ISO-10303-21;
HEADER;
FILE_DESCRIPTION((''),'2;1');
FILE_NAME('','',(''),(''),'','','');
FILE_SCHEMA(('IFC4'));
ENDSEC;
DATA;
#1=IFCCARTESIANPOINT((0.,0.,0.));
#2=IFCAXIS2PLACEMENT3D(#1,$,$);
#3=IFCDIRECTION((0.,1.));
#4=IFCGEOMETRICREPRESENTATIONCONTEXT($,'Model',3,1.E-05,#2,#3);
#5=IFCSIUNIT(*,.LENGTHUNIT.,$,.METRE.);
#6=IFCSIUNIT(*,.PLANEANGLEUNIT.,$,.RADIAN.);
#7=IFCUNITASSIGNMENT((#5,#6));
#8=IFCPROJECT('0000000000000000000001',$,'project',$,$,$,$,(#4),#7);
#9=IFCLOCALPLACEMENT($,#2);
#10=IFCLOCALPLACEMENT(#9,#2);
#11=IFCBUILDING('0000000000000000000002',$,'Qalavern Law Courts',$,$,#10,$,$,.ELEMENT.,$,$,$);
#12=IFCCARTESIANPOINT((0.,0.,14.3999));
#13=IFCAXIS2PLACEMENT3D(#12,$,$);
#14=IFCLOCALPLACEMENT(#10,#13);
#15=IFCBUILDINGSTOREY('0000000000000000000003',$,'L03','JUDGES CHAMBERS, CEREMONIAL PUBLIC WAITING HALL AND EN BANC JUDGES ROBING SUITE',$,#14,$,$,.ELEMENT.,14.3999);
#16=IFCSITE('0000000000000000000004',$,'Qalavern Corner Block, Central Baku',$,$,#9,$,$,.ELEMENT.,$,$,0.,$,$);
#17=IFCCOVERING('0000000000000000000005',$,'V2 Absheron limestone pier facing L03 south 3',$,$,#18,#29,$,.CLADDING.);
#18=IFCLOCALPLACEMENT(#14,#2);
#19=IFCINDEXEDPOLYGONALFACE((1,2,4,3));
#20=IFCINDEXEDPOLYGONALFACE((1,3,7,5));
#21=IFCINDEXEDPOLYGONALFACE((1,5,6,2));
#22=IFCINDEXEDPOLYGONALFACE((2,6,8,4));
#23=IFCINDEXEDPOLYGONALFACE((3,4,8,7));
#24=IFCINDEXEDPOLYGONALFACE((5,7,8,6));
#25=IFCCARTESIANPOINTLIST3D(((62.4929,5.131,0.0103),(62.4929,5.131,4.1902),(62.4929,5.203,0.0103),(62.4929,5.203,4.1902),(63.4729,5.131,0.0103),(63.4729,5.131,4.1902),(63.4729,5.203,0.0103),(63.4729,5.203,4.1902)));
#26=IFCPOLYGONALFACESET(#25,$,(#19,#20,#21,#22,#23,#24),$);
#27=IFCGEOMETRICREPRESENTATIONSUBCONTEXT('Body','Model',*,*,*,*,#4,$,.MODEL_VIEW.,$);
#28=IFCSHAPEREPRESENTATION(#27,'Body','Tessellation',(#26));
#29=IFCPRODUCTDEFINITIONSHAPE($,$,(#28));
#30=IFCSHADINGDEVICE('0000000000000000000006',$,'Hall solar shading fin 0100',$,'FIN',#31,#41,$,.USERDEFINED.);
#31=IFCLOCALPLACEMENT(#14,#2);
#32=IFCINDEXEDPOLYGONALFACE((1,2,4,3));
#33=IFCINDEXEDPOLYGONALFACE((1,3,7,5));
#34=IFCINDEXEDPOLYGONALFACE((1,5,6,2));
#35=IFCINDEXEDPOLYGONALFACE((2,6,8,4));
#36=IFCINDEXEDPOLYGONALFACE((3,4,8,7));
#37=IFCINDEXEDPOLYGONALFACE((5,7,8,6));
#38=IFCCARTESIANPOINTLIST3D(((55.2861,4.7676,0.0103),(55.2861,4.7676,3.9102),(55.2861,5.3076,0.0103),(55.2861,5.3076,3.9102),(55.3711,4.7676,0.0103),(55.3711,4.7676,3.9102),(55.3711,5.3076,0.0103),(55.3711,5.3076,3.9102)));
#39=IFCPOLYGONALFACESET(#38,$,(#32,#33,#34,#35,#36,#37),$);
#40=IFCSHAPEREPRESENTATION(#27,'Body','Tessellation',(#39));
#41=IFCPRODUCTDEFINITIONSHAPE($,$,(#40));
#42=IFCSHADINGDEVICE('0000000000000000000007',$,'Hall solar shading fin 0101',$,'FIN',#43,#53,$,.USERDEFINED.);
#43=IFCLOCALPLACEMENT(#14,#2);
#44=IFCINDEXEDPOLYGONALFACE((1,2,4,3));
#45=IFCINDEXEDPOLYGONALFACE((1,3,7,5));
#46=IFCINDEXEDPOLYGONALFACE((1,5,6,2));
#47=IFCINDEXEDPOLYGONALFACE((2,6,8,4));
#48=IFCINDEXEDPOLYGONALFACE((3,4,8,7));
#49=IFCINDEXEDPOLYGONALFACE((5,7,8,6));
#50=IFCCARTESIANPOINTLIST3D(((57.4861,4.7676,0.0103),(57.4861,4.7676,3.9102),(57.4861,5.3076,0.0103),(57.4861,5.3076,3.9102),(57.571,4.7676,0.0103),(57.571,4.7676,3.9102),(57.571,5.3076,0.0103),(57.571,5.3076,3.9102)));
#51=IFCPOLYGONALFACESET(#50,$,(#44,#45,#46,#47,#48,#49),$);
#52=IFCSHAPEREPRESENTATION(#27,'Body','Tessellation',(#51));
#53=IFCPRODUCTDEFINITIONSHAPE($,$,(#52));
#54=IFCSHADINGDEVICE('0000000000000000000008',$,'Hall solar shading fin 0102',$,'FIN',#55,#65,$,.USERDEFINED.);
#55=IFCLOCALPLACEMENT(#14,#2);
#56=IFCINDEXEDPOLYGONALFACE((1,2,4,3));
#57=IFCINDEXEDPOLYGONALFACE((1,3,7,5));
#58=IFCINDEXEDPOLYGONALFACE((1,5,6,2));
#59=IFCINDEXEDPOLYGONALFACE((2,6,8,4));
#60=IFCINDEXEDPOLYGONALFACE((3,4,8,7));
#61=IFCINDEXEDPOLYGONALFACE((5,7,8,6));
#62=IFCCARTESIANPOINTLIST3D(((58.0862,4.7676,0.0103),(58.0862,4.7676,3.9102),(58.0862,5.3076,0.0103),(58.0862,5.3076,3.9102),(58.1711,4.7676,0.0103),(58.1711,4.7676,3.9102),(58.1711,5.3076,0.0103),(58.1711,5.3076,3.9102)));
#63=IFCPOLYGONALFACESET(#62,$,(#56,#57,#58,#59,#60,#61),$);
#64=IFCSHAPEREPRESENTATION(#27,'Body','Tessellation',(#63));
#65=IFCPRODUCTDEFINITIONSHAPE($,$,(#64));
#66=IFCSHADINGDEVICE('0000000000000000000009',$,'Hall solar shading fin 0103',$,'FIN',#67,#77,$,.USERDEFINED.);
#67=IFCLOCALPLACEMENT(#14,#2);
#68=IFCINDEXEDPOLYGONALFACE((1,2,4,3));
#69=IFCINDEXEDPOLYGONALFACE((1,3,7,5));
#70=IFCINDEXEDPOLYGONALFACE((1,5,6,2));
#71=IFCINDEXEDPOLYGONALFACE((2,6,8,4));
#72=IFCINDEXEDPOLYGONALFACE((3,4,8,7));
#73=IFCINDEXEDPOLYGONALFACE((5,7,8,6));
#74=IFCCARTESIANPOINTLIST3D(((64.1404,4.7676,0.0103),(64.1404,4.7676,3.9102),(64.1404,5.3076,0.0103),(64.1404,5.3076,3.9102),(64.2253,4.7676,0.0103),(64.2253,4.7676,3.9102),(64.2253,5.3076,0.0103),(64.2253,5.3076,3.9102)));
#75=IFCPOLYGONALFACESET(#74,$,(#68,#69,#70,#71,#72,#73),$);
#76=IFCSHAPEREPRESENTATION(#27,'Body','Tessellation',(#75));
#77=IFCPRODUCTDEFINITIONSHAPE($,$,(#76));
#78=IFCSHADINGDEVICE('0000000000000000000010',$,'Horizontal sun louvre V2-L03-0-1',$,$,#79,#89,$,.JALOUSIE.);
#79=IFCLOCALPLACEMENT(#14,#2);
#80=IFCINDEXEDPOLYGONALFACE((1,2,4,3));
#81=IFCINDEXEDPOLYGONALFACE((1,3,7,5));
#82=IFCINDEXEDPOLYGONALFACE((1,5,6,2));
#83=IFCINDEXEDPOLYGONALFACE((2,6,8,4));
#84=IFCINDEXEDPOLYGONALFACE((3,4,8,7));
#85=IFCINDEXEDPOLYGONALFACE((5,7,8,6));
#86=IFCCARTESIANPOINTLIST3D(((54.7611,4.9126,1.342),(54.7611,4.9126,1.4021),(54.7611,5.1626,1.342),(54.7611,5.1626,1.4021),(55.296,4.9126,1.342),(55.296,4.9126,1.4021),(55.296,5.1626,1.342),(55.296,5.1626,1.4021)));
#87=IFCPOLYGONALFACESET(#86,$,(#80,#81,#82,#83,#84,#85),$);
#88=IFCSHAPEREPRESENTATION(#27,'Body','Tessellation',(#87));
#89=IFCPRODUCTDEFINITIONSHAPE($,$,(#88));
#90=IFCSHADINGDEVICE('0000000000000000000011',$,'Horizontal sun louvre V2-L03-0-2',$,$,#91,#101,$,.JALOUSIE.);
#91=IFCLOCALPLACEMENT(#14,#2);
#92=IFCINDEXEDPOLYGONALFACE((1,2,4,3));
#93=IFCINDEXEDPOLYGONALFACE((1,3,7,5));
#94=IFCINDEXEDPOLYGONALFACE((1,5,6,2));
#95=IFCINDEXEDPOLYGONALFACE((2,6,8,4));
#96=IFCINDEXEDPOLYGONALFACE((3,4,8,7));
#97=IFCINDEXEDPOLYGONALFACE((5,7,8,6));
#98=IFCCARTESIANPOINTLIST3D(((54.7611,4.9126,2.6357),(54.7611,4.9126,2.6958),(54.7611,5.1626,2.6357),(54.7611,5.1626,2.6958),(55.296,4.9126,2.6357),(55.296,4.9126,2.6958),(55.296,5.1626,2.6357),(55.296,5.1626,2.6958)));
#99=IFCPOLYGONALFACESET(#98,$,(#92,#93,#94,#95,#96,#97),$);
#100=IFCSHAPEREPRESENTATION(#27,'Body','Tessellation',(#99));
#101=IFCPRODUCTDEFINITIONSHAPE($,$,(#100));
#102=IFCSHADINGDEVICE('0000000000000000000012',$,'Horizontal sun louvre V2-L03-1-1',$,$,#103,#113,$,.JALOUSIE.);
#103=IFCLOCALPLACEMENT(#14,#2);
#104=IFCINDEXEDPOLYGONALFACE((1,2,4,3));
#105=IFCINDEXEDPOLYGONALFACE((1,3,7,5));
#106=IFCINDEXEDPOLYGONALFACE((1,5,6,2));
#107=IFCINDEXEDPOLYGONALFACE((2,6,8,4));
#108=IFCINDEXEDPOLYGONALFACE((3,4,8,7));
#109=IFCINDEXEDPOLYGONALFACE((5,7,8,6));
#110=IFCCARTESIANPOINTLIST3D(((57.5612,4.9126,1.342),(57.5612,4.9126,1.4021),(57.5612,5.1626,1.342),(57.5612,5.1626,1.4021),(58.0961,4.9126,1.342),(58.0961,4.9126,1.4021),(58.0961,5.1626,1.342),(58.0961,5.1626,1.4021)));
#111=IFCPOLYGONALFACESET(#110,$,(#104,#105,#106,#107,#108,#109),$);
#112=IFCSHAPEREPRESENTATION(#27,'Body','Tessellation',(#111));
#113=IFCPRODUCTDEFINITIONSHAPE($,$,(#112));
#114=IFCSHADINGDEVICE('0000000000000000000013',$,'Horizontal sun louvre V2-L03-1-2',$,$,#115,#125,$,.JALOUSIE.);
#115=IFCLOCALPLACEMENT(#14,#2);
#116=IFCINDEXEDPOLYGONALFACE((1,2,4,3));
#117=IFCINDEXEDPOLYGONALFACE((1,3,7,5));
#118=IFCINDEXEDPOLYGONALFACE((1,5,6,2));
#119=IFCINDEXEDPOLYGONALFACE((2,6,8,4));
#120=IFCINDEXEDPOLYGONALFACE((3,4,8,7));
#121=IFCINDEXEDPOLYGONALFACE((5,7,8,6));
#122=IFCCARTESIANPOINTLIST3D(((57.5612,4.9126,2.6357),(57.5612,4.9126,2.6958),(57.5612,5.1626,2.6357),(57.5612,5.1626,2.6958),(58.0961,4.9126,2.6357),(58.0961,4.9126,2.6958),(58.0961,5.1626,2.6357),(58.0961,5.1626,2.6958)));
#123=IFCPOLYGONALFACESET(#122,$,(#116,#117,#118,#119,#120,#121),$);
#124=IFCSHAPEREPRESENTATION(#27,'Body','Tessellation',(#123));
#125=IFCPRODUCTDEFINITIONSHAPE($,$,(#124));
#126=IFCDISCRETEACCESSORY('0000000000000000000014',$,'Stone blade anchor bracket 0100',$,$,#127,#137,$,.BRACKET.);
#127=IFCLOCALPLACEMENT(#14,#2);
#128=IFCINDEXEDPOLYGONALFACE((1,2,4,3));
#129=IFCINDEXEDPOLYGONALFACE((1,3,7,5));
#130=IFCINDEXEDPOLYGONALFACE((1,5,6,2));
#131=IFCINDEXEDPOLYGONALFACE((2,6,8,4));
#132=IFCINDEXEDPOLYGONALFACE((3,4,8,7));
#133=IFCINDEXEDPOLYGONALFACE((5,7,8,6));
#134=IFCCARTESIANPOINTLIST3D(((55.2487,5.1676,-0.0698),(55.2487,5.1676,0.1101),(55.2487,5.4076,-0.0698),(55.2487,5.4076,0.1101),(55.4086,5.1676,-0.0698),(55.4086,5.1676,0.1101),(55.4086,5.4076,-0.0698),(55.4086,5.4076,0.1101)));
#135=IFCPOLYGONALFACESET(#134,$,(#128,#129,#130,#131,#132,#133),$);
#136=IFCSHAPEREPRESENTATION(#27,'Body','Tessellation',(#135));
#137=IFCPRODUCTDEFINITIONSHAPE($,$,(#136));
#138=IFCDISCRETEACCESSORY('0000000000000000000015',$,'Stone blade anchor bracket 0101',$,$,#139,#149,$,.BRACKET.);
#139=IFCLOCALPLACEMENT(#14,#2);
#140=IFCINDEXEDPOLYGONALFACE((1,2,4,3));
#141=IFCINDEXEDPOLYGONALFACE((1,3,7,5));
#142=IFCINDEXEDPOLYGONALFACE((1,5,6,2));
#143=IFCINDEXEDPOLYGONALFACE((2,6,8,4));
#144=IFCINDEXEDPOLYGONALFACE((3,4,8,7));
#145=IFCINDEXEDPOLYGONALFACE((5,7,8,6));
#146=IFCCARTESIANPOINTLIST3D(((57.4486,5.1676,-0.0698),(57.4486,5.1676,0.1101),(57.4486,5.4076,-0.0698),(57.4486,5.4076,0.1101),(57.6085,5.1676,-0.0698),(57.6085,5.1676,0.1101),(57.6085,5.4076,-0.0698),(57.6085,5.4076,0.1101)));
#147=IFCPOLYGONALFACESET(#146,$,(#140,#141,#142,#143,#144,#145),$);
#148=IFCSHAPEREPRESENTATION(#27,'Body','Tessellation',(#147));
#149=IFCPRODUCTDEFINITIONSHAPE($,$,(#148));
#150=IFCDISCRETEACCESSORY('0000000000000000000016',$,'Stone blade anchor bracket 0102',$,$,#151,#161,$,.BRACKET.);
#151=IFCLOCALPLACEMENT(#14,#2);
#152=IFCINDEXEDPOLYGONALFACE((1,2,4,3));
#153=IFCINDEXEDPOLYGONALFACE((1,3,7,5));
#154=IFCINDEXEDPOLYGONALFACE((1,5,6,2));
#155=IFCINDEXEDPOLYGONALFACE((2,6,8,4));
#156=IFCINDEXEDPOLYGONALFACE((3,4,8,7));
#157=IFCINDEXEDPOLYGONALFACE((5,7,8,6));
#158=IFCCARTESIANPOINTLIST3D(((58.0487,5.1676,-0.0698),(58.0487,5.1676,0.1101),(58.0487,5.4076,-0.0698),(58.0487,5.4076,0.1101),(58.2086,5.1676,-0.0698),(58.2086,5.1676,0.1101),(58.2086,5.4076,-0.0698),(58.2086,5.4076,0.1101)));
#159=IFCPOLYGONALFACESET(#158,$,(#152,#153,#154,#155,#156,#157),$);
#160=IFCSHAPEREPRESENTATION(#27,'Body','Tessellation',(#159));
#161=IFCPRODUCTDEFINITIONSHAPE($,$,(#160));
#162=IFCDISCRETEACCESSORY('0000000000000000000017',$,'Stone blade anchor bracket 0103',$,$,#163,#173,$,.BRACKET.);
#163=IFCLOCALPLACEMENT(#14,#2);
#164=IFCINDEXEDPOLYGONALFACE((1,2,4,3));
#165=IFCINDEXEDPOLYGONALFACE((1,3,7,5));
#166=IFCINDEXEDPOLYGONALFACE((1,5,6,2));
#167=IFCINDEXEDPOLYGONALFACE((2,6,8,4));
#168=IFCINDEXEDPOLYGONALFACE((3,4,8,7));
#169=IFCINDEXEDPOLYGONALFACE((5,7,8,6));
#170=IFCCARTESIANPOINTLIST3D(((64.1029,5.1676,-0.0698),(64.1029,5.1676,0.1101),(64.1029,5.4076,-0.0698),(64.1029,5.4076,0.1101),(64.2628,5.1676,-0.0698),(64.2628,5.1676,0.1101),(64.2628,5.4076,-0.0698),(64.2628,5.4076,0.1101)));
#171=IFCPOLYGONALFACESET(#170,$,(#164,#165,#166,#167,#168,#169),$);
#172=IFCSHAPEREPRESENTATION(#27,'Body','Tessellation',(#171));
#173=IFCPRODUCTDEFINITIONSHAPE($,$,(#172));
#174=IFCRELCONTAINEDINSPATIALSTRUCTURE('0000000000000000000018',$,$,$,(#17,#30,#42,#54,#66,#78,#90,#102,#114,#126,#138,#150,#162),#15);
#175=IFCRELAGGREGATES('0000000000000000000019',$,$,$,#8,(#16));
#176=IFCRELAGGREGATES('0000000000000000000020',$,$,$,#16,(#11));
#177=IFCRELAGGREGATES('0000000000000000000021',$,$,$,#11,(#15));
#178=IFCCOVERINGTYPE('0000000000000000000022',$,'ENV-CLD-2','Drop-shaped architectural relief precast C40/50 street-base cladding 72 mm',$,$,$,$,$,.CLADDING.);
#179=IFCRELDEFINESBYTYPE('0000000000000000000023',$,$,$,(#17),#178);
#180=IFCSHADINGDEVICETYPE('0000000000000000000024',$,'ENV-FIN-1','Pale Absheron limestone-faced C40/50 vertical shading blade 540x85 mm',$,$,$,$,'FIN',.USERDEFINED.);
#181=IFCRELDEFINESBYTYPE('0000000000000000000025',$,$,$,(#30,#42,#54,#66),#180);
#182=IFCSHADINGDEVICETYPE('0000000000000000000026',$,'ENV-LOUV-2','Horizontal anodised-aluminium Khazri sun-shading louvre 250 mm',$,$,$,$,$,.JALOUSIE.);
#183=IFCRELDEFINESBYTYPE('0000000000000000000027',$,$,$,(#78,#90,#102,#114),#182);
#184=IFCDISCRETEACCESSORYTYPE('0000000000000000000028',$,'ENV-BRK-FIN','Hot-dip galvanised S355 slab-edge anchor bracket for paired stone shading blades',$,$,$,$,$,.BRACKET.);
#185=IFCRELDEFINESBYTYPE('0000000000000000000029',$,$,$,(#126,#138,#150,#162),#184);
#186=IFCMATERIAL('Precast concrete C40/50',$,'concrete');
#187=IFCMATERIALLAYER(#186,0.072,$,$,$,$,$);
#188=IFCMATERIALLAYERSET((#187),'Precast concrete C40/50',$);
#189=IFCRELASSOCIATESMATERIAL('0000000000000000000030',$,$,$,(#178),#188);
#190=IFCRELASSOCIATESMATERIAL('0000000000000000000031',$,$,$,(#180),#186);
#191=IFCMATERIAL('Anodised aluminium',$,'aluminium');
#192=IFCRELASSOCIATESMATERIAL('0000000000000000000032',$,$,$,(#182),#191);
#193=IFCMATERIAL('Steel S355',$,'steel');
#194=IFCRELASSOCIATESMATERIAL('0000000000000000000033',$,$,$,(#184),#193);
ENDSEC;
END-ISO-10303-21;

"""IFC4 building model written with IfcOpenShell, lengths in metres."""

from ifc_helpers import new_model, si_unit, direction, frame, origin, origin_2d, place, context, subcontext, project, spatial, rectangle, extrude, material, layer, layer_set, type_object, element, save


model = new_model("IFC4")

# Units and contexts
model_context = context("Model", 3, precision=1e-05, world=origin(), true_north=direction((0.0, 1.0)))
body_context = subcontext(model_context, "Body", "Model", "MODEL_VIEW")
ifc_project = project(units=[si_unit("LENGTHUNIT", "METRE"), si_unit("PLANEANGLEUNIT", "RADIAN")], contexts=[model_context])

# Site, building, storey
site_placement = place(None, origin())
site = spatial("IfcSite", under=ifc_project, at=site_placement, Name="Qalavern Corner Block, Central Baku", CompositionType="ELEMENT", RefElevation=0.0)
building_placement = place(site_placement, origin())
building = spatial("IfcBuilding", under=site, at=building_placement, Name="Qalavern Law Courts", CompositionType="ELEMENT")
storey_placement = place(building_placement, frame((0.0, 0.0, 14.3999)))
storey = spatial("IfcBuildingStorey", under=building, at=storey_placement, Name="L03", Description="JUDGES CHAMBERS, CEREMONIAL PUBLIC WAITING HALL AND EN BANC JUDGES ROBING SUITE", CompositionType="ELEMENT", Elevation=14.3999)

# Shared definitions
ifc_material_1 = material(Name="Anodised aluminium", Category="aluminium")

# Covering
ifc_material_2 = material(Name="Precast concrete C40/50", Category="concrete")
ifc_layer_1 = layer(ifc_material_2, 0.072)
ifc_layer_set_1 = layer_set([ifc_layer_1], Name="Precast concrete C40/50")
covering_type = type_object("IfcCoveringType", Name="ENV-CLD-2", Description="Drop-shaped architectural relief precast C40/50 street-base cladding 72 mm", PredefinedType="CLADDING", material=ifc_layer_set_1)
covering_placement = place(storey_placement, frame((62.9829, 5.167, 0.0103), z_axis=(0.0, 0.0, 1.0), x_axis=(1.0, 0.0, 0.0)))
element("IfcCovering", 1, at=covering_placement, inside=storey, type_object=covering_type, Name="V2 Absheron limestone pier facing L03 south 3", PredefinedType="CLADDING", context=body_context, shape_type="SweptSolid", body=[
    extrude(rectangle(XDim=0.98, YDim=0.072, at=origin_2d()), origin(), (0.0, 0.0, 1.0), 4.1799),
])

# Shading devices
shading_device_type_1 = type_object("IfcShadingDeviceType", Name="ENV-FIN-1", Description="Pale Absheron limestone-faced C40/50 vertical shading blade 540x85 mm", ElementType="FIN", PredefinedType="USERDEFINED", material=ifc_material_2)
for number, where, z_axis, x_axis, name in (
    (2, (55.3286, 5.0376, 0.0103), (0.0, 0.0, 1.0), (0.0, -1.0, 0.0), "Hall solar shading fin 0100"),
    (3, (57.5286, 5.0376, 0.0103), (0.0, 0.0, 1.0), (0.0, -1.0, 0.0), "Hall solar shading fin 0101"),
    (4, (58.1287, 5.0376, 0.0103), (0.0, 0.0, 1.0), (0.0, -1.0, 0.0), "Hall solar shading fin 0102"),
    (5, (64.1829, 5.0376, 0.0103), (0.0, 0.0, 1.0), (0.0, -1.0, 0.0), "Hall solar shading fin 0103"),
):
    element("IfcShadingDevice", number, at=place(storey_placement, frame(where, z_axis=z_axis, x_axis=x_axis)), inside=storey, type_object=shading_device_type_1, Name=name, ObjectType="FIN", PredefinedType="USERDEFINED", context=body_context, shape_type="SweptSolid", body=[
        extrude(rectangle(XDim=0.54, YDim=0.085, at=origin_2d()), origin(), (0.0, 0.0, 1.0), 3.8999),
    ])
shading_device_type_2 = type_object("IfcShadingDeviceType", Name="ENV-LOUV-2", Description="Horizontal anodised-aluminium Khazri sun-shading louvre 250 mm", PredefinedType="JALOUSIE", material=ifc_material_1)
for number, where, z_axis, x_axis, name in (
    (6, (55.0286, 5.0376, 1.342), (0.0, 0.0, 1.0), (1.0, 0.0, 0.0), "Horizontal sun louvre V2-L03-0-1"),
    (7, (55.0286, 5.0376, 2.6357), (0.0, 0.0, 1.0), (1.0, 0.0, 0.0), "Horizontal sun louvre V2-L03-0-2"),
    (8, (57.8286, 5.0376, 1.342), (0.0, 0.0, 1.0), (1.0, 0.0, 0.0), "Horizontal sun louvre V2-L03-1-1"),
    (9, (57.8286, 5.0376, 2.6357), (0.0, 0.0, 1.0), (1.0, 0.0, 0.0), "Horizontal sun louvre V2-L03-1-2"),
):
    element("IfcShadingDevice", number, at=place(storey_placement, frame(where, z_axis=z_axis, x_axis=x_axis)), inside=storey, type_object=shading_device_type_2, Name=name, PredefinedType="JALOUSIE", context=body_context, shape_type="SweptSolid", body=[
        extrude(rectangle(XDim=0.5349, YDim=0.25, at=origin_2d()), origin(), (0.0, 0.0, 1.0), 0.0601),
    ])

# Discrete accessories
ifc_material_3 = material(Name="Steel S355", Category="steel")
discrete_accessory_type = type_object("IfcDiscreteAccessoryType", Name="ENV-BRK-FIN", Description="Hot-dip galvanised S355 slab-edge anchor bracket for paired stone shading blades", PredefinedType="BRACKET", material=ifc_material_3)
for number, where, z_axis, x_axis, name in (
    (10, (55.3286, 5.2876, -0.0698), (0.0, 0.0, 1.0), (0.0, -1.0, 0.0), "Stone blade anchor bracket 0100"),
    (11, (57.5286, 5.2876, -0.0698), (0.0, 0.0, 1.0), (0.0, -1.0, 0.0), "Stone blade anchor bracket 0101"),
    (12, (58.1287, 5.2876, -0.0698), (0.0, 0.0, 1.0), (0.0, -1.0, 0.0), "Stone blade anchor bracket 0102"),
    (13, (64.1829, 5.2876, -0.0698), (0.0, 0.0, 1.0), (0.0, -1.0, 0.0), "Stone blade anchor bracket 0103"),
):
    element("IfcDiscreteAccessory", number, at=place(storey_placement, frame(where, z_axis=z_axis, x_axis=x_axis)), inside=storey, type_object=discrete_accessory_type, Name=name, PredefinedType="BRACKET", context=body_context, shape_type="SweptSolid", body=[
        extrude(rectangle(XDim=0.24, YDim=0.1599, at=origin_2d()), origin(), (0.0, 0.0, 1.0), 0.1799),
    ])

save(model, "model.ifc")
